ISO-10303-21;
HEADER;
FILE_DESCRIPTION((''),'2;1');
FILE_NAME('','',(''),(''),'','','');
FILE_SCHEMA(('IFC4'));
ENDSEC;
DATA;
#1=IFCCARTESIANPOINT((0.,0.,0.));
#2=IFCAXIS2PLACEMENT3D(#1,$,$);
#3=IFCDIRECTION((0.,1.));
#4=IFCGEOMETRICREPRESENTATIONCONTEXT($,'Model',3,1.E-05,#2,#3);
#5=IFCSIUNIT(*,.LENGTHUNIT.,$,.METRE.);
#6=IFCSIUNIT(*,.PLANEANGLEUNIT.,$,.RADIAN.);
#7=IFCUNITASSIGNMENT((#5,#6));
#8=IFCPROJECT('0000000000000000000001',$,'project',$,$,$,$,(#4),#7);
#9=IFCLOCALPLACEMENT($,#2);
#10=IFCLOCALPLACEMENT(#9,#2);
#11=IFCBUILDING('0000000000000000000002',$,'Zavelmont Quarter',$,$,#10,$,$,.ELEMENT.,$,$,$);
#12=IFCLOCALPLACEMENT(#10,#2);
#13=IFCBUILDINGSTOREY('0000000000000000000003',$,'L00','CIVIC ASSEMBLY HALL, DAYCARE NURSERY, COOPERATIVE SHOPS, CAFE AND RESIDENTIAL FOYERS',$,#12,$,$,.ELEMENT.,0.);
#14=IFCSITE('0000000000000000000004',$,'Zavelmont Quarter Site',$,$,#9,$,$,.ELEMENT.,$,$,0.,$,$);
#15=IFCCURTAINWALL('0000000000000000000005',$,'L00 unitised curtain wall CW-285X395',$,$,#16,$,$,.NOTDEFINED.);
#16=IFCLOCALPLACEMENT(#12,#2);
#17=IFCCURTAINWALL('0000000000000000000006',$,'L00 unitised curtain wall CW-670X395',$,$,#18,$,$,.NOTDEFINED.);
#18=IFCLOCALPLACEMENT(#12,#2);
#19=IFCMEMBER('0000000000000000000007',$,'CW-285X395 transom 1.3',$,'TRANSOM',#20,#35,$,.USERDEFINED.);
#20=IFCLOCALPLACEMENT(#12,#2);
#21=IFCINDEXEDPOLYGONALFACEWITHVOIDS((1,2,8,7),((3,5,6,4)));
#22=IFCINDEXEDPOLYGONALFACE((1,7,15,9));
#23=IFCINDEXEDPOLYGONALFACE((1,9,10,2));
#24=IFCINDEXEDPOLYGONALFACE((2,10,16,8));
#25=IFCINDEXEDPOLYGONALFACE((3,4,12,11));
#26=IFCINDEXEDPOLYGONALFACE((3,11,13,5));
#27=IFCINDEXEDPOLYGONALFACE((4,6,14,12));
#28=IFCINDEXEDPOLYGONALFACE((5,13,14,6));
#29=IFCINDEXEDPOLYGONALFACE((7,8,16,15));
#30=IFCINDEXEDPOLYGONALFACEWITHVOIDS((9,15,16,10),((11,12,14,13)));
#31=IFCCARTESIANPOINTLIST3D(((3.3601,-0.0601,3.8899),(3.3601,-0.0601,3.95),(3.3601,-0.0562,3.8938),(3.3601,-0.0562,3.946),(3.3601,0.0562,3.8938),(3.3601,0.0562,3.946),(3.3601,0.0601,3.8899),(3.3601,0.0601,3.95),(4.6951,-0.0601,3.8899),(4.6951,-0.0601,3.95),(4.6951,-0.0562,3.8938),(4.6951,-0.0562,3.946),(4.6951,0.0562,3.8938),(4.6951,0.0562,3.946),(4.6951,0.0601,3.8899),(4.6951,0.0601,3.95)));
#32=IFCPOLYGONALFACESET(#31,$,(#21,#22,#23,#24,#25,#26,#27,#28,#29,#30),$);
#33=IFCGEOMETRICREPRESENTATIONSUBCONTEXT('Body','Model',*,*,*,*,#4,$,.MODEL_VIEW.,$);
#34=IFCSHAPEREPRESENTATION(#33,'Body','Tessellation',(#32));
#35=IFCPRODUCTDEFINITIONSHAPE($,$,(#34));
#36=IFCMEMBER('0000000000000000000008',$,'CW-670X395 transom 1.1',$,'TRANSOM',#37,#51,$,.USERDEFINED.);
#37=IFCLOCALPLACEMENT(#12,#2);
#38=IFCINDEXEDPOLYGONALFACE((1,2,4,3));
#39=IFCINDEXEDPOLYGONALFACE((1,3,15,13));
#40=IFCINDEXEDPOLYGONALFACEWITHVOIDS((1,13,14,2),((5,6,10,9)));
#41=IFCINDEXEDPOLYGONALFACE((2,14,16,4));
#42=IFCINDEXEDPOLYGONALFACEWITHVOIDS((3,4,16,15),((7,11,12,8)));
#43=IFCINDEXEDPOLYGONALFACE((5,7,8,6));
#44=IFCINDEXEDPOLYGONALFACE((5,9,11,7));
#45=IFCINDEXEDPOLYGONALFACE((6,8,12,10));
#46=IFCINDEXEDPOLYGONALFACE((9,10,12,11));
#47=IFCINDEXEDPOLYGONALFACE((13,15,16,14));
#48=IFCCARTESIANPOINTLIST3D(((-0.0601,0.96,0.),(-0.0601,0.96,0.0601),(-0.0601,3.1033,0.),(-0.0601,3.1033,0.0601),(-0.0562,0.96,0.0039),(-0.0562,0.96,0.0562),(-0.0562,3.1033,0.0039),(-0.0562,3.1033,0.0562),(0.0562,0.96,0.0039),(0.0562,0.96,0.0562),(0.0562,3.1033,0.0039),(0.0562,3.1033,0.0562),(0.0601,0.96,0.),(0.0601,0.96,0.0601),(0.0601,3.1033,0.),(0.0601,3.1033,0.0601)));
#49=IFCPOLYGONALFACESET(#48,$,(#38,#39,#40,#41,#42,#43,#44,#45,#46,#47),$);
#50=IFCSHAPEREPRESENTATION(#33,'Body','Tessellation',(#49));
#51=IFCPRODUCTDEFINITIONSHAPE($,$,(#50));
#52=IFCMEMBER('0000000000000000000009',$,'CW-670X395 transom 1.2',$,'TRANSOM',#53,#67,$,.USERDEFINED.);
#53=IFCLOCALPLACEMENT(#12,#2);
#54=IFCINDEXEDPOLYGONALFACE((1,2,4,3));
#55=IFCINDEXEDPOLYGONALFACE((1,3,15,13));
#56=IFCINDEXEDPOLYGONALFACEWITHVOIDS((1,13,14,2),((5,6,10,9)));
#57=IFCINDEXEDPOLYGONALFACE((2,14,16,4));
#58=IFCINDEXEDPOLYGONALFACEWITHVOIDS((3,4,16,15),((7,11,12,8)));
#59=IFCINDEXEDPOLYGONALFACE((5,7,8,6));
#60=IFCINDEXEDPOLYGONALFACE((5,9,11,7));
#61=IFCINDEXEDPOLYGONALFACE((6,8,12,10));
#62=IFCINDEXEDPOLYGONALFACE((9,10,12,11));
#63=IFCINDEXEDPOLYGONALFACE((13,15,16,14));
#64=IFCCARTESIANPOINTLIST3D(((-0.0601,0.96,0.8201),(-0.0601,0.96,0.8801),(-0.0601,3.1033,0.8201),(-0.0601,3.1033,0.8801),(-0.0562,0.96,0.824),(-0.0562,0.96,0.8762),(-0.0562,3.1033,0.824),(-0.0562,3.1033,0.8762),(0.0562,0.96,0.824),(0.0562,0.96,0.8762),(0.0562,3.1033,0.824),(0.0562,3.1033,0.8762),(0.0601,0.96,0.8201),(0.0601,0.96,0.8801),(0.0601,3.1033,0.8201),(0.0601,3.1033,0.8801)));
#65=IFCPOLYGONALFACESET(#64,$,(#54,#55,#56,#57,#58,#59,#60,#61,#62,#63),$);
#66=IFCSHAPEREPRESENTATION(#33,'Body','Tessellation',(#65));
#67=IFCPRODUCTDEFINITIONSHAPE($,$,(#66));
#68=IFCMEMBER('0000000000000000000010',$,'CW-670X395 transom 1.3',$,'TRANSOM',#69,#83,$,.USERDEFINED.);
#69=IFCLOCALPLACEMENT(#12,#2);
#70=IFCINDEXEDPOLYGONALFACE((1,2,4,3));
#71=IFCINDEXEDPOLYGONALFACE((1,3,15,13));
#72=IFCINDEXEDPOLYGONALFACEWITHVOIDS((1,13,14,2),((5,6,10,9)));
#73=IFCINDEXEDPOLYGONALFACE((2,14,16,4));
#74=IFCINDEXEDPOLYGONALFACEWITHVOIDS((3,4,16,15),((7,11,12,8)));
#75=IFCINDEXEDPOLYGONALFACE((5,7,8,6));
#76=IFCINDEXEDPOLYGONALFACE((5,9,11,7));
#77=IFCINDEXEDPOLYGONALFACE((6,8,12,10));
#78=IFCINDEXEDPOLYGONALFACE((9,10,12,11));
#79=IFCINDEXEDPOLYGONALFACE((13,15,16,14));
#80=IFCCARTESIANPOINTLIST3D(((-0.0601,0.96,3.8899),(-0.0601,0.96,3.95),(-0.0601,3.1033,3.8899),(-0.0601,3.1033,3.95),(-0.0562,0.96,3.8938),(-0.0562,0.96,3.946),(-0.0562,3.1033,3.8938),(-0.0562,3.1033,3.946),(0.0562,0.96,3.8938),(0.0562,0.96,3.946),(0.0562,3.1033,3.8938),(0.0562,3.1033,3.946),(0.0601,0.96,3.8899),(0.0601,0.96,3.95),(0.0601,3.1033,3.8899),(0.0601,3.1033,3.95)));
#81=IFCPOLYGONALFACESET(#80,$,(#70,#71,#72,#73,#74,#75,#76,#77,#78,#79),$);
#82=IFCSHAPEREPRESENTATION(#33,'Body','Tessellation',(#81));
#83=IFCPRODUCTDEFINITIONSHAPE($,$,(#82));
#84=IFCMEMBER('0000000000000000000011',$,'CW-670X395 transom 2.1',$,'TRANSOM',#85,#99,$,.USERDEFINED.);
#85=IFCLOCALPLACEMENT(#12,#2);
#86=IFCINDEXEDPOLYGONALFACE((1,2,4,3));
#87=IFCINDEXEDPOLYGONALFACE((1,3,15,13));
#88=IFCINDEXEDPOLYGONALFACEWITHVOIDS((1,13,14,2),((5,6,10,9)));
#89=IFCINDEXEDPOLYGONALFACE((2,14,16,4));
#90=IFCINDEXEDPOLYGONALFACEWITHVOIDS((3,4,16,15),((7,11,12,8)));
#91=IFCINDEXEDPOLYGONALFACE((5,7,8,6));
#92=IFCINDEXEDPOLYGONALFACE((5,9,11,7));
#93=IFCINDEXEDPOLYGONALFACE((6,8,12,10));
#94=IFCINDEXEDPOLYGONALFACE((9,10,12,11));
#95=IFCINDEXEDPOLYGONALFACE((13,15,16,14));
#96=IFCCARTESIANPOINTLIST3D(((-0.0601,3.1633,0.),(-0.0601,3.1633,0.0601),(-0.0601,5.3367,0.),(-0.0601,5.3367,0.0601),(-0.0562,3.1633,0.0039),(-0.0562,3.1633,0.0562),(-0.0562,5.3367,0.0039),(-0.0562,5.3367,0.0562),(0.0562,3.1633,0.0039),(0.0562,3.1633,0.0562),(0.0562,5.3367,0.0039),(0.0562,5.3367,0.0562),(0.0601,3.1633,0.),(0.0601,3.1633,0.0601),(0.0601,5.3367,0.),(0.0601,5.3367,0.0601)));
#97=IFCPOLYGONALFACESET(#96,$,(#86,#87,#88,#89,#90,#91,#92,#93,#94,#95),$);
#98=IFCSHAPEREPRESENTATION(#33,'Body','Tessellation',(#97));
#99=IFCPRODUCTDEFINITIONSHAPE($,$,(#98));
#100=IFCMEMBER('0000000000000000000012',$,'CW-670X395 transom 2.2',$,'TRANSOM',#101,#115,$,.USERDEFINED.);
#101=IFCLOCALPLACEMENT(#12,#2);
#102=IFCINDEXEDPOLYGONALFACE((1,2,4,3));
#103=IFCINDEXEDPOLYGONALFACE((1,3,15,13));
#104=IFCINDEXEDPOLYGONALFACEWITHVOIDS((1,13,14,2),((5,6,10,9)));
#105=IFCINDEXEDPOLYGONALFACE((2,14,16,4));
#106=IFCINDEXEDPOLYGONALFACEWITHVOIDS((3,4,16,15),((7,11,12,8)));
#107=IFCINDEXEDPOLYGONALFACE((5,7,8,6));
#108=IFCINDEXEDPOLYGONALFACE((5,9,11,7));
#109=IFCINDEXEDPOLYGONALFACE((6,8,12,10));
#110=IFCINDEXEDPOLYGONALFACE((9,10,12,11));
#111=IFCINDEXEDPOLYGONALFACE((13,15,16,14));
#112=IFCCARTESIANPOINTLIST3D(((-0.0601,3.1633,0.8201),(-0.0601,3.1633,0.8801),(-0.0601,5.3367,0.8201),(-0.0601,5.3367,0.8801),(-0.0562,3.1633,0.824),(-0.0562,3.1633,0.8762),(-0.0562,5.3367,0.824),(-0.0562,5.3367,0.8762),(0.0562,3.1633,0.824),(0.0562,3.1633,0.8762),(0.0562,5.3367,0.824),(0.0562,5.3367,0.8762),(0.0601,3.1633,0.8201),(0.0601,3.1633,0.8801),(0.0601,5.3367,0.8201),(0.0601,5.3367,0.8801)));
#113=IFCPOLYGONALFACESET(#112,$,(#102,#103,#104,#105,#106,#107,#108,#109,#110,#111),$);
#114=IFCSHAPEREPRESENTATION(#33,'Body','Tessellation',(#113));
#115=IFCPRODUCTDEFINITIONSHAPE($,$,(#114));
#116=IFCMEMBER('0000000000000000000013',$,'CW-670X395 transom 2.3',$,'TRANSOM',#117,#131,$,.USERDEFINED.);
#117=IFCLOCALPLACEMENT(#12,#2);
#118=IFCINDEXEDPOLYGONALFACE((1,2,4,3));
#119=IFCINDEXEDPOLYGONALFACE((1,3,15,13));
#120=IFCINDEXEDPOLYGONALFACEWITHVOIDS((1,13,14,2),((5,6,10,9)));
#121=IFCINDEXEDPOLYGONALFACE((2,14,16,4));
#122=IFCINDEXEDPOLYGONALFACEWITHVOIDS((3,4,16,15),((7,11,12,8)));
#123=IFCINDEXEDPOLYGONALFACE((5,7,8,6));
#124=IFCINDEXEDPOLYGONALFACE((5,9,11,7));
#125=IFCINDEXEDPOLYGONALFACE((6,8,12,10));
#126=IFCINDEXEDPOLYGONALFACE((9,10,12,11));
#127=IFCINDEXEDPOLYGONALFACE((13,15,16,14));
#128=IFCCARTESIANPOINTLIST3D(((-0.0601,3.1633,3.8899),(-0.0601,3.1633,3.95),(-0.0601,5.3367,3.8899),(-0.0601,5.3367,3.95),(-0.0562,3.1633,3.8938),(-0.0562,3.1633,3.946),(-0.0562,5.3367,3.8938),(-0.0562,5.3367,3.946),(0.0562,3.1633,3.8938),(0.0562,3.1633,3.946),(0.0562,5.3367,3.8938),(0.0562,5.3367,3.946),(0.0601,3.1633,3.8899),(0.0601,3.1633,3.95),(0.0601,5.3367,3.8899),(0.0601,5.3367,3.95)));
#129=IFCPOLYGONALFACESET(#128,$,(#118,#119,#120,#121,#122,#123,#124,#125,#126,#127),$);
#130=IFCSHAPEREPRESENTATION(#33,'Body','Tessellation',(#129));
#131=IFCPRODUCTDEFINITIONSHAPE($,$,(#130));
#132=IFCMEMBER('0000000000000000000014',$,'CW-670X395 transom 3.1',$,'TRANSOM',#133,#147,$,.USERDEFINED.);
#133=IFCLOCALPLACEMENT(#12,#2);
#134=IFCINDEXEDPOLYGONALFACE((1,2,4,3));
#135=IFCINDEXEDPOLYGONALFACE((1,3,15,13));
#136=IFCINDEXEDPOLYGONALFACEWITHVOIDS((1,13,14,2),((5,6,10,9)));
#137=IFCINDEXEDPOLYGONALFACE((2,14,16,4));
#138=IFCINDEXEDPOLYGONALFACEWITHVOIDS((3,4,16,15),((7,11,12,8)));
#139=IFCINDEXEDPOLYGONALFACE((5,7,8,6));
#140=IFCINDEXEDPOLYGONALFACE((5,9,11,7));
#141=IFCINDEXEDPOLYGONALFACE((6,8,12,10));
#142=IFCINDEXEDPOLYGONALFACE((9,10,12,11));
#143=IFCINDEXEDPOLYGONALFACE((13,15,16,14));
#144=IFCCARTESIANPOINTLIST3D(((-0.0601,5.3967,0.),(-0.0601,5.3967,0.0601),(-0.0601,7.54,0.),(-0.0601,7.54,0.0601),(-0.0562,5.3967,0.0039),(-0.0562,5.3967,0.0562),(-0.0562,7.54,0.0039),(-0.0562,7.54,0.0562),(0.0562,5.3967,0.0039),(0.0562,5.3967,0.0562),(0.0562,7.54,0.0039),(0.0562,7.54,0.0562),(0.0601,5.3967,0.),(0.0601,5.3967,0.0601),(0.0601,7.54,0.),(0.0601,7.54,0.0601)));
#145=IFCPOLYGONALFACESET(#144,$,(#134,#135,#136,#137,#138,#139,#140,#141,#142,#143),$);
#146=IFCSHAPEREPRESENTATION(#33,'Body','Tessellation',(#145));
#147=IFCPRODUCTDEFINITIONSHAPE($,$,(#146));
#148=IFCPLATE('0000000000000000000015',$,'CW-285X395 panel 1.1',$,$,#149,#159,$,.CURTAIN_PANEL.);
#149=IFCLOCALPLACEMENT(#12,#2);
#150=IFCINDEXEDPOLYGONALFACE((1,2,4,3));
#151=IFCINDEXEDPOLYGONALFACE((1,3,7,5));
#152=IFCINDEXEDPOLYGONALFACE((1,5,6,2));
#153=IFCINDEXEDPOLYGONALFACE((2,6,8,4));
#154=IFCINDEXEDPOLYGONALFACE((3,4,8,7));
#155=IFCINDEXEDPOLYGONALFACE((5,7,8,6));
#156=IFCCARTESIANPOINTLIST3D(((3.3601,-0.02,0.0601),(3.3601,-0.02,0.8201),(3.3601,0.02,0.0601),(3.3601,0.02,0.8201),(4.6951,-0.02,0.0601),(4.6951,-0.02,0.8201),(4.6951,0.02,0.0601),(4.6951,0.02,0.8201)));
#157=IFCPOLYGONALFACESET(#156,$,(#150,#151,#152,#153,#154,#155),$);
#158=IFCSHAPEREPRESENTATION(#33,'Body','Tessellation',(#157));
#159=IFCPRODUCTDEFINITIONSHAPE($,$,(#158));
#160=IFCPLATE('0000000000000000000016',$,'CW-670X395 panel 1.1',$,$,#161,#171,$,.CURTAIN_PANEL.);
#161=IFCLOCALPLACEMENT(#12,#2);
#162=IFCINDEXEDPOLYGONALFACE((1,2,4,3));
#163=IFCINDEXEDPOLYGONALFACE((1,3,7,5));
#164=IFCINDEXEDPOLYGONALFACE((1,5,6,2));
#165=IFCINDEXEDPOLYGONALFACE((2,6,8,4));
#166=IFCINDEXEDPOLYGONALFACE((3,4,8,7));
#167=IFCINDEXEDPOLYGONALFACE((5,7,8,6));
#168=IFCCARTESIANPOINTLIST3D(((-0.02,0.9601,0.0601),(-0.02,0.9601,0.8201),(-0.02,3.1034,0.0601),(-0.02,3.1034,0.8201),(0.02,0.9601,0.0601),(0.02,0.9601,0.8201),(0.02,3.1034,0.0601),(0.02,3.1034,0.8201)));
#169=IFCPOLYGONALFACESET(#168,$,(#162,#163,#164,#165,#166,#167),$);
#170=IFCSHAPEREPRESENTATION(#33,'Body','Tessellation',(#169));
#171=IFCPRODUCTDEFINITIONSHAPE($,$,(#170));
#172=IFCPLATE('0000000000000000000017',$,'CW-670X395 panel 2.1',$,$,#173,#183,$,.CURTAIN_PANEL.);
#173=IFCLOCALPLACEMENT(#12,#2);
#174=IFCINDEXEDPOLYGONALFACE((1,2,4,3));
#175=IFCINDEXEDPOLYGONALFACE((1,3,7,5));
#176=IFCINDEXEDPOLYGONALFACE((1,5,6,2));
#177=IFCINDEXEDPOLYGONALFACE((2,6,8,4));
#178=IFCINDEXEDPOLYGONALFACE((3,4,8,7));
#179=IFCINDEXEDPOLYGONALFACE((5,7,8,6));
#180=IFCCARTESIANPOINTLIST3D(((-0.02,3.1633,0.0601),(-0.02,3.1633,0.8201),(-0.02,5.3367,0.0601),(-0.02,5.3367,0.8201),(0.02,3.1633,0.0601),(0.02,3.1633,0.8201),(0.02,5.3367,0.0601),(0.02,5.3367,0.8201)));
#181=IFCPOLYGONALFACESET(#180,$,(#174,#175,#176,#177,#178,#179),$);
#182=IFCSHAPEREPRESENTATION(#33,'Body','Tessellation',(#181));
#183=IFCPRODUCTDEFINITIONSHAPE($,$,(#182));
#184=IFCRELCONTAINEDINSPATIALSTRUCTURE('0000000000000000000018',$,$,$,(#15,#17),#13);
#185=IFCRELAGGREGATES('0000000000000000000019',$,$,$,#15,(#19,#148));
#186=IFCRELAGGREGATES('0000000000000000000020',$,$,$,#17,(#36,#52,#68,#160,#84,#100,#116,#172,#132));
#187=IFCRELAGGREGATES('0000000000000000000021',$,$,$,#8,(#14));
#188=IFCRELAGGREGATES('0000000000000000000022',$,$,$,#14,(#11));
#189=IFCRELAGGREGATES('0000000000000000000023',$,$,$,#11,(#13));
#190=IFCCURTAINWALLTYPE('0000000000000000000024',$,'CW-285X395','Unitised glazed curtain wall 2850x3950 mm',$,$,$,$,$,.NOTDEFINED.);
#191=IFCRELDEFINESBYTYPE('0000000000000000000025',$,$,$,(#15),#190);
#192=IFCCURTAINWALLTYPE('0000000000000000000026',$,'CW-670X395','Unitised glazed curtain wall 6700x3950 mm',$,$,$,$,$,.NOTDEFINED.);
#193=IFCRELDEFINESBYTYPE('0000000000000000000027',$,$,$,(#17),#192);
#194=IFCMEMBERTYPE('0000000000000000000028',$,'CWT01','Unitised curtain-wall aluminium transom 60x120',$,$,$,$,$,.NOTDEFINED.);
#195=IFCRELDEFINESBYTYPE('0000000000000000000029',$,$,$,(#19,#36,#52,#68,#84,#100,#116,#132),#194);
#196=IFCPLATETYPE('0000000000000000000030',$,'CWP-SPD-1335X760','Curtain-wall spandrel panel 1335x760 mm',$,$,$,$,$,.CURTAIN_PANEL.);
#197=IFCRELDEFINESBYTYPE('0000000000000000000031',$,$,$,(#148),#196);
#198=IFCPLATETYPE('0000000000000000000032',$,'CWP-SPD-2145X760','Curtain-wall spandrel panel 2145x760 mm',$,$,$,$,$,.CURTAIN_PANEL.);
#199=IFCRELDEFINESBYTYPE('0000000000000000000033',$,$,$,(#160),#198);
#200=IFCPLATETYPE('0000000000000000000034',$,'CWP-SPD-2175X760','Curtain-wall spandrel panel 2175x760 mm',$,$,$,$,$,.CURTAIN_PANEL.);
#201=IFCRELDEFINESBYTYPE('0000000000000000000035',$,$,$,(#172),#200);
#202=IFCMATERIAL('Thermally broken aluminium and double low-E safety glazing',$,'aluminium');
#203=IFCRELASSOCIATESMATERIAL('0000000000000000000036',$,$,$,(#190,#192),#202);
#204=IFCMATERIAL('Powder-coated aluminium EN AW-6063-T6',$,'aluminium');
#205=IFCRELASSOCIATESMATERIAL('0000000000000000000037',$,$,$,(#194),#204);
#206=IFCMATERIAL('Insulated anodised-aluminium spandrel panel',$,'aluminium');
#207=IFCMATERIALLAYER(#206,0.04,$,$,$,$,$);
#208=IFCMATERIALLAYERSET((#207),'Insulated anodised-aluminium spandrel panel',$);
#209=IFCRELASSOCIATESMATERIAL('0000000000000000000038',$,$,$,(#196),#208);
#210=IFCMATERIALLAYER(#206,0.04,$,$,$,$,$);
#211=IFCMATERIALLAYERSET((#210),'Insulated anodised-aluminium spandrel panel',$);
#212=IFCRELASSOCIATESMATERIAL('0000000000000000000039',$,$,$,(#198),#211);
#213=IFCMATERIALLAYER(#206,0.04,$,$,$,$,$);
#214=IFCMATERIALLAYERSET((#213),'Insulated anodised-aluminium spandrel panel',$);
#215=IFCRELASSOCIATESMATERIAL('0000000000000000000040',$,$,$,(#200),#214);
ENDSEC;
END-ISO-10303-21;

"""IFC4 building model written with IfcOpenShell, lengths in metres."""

from ifc_helpers import new_model, si_unit, direction, frame, origin, origin_2d, place, context, subcontext, project, spatial, rectangle, hollow_rectangle, extrude, material, layer, layer_set, material_profile, profile_set, type_object, element, aggregate, save


model = new_model("IFC4")

# Units and contexts
model_context = context("Model", 3, precision=1e-05, world=origin(), true_north=direction((0.0, 1.0)))
body_context = subcontext(model_context, "Body", "Model", "MODEL_VIEW")
ifc_project = project(units=[si_unit("LENGTHUNIT", "METRE"), si_unit("PLANEANGLEUNIT", "RADIAN")], contexts=[model_context])

# Site, building, storey
site_placement = place(None, origin())
site = spatial("IfcSite", under=ifc_project, at=site_placement, Name="Zavelmont Quarter Site", CompositionType="ELEMENT", RefElevation=0.0)
building_placement = place(site_placement, origin())
building = spatial("IfcBuilding", under=site, at=building_placement, Name="Zavelmont Quarter", CompositionType="ELEMENT")
storey_placement = place(building_placement, origin())
storey = spatial("IfcBuildingStorey", under=building, at=storey_placement, Name="L00", Description="CIVIC ASSEMBLY HALL, DAYCARE NURSERY, COOPERATIVE SHOPS, CAFE AND RESIDENTIAL FOYERS", CompositionType="ELEMENT", Elevation=0.0)

# Curtain walls
ifc_material_1 = material(Name="Thermally broken aluminium and double low-E safety glazing", Category="aluminium")
curtain_wall_type_1 = type_object("IfcCurtainWallType", Name="CW-285X395", Description="Unitised glazed curtain wall 2850x3950 mm", PredefinedType="NOTDEFINED", material=ifc_material_1)
curtain_wall_1_placement = place(storey_placement, origin())
curtain_wall_1 = element("IfcCurtainWall", 1, at=curtain_wall_1_placement, inside=storey, type_object=curtain_wall_type_1, Name="L00 unitised curtain wall CW-285X395", PredefinedType="NOTDEFINED")
ifc_material_2 = material(Name="Powder-coated aluminium EN AW-6063-T6", Category="aluminium")
curtain_wall_type_2 = type_object("IfcCurtainWallType", Name="CW-670X395", Description="Unitised glazed curtain wall 6700x3950 mm", PredefinedType="NOTDEFINED", material=ifc_material_1)
curtain_wall_2_placement = place(storey_placement, origin())
curtain_wall_2 = element("IfcCurtainWall", 2, at=curtain_wall_2_placement, inside=storey, type_object=curtain_wall_type_2, Name="L00 unitised curtain wall CW-670X395", PredefinedType="NOTDEFINED")

# Members
ifc_material_profile_1 = material_profile(ifc_material_2, hollow_rectangle(XDim=0.1201, YDim=0.0601, WallThickness=0.0039, at=origin_2d()), Name="CWT60X120")
ifc_profile_set_1 = profile_set([ifc_material_profile_1], Name="Powder-coated aluminium EN AW-6063-T6")
member_type_1 = type_object("IfcMemberType", Name="CWT01", Description="Unitised curtain-wall aluminium transom 60x120", PredefinedType="NOTDEFINED", material=ifc_profile_set_1)
member_1_placement = place(storey_placement, frame((3.3601, 0.0, 3.9199), z_axis=(1.0, 0.0, 0.0), x_axis=(0.0, 1.0, 0.0)))
member_1 = element("IfcMember", 3, at=member_1_placement, type_object=member_type_1, Name="CW-285X395 transom 1.3", ObjectType="TRANSOM", PredefinedType="USERDEFINED", context=body_context, shape_type="SweptSolid", body=[
    extrude(hollow_rectangle(XDim=0.1201, YDim=0.0601, WallThickness=0.0039, at=origin_2d()), origin(), (0.0, 0.0, 1.0), 1.335),
])
member_2_placement = place(storey_placement, frame((0.0, 0.96, 0.03), z_axis=(0.0, 1.0, 0.0), x_axis=(-1.0, 0.0, 0.0)))
member_2 = element("IfcMember", 4, at=member_2_placement, type_object=member_type_1, Name="CW-670X395 transom 1.1", ObjectType="TRANSOM", PredefinedType="USERDEFINED", context=body_context, shape_type="SweptSolid", body=[
    extrude(hollow_rectangle(XDim=0.1201, YDim=0.0601, WallThickness=0.0039, at=origin_2d()), origin(), (0.0, 0.0, 1.0), 2.1433),
])
member_3_placement = place(storey_placement, frame((0.0, 0.96, 0.8501), z_axis=(0.0, 1.0, 0.0), x_axis=(-1.0, 0.0, 0.0)))
member_3 = element("IfcMember", 5, at=member_3_placement, type_object=member_type_1, Name="CW-670X395 transom 1.2", ObjectType="TRANSOM", PredefinedType="USERDEFINED", context=body_context, shape_type="SweptSolid", body=[
    extrude(hollow_rectangle(XDim=0.1201, YDim=0.0601, WallThickness=0.0039, at=origin_2d()), origin(), (0.0, 0.0, 1.0), 2.1433),
])
member_4_placement = place(storey_placement, frame((0.0, 0.96, 3.9199), z_axis=(0.0, 1.0, 0.0), x_axis=(-1.0, 0.0, 0.0)))
member_4 = element("IfcMember", 6, at=member_4_placement, type_object=member_type_1, Name="CW-670X395 transom 1.3", ObjectType="TRANSOM", PredefinedType="USERDEFINED", context=body_context, shape_type="SweptSolid", body=[
    extrude(hollow_rectangle(XDim=0.1201, YDim=0.0601, WallThickness=0.0039, at=origin_2d()), origin(), (0.0, 0.0, 1.0), 2.1433),
])
member_5_placement = place(storey_placement, frame((0.0, 3.1633, 0.03), z_axis=(0.0, 1.0, 0.0), x_axis=(-1.0, 0.0, 0.0)))
member_5 = element("IfcMember", 7, at=member_5_placement, type_object=member_type_1, Name="CW-670X395 transom 2.1", ObjectType="TRANSOM", PredefinedType="USERDEFINED", context=body_context, shape_type="SweptSolid", body=[
    extrude(hollow_rectangle(XDim=0.1201, YDim=0.0601, WallThickness=0.0039, at=origin_2d()), origin(), (0.0, 0.0, 1.0), 2.1733),
])
member_6_placement = place(storey_placement, frame((0.0, 3.1633, 0.8501), z_axis=(0.0, 1.0, 0.0), x_axis=(-1.0, 0.0, 0.0)))
member_6 = element("IfcMember", 8, at=member_6_placement, type_object=member_type_1, Name="CW-670X395 transom 2.2", ObjectType="TRANSOM", PredefinedType="USERDEFINED", context=body_context, shape_type="SweptSolid", body=[
    extrude(hollow_rectangle(XDim=0.1201, YDim=0.0601, WallThickness=0.0039, at=origin_2d()), origin(), (0.0, 0.0, 1.0), 2.1733),
])
member_7_placement = place(storey_placement, frame((0.0, 3.1633, 3.9199), z_axis=(0.0, 1.0, 0.0), x_axis=(-1.0, 0.0, 0.0)))
member_7 = element("IfcMember", 9, at=member_7_placement, type_object=member_type_1, Name="CW-670X395 transom 2.3", ObjectType="TRANSOM", PredefinedType="USERDEFINED", context=body_context, shape_type="SweptSolid", body=[
    extrude(hollow_rectangle(XDim=0.1201, YDim=0.0601, WallThickness=0.0039, at=origin_2d()), origin(), (0.0, 0.0, 1.0), 2.1733),
])
member_8_placement = place(storey_placement, frame((0.0, 5.3967, 0.03), z_axis=(0.0, 1.0, 0.0), x_axis=(-1.0, 0.0, 0.0)))
member_8 = element("IfcMember", 10, at=member_8_placement, type_object=member_type_1, Name="CW-670X395 transom 3.1", ObjectType="TRANSOM", PredefinedType="USERDEFINED", context=body_context, shape_type="SweptSolid", body=[
    extrude(hollow_rectangle(XDim=0.1201, YDim=0.0601, WallThickness=0.0039, at=origin_2d()), origin(), (0.0, 0.0, 1.0), 2.1433),
])

# Plates
ifc_material_3 = material(Name="Insulated anodised-aluminium spandrel panel", Category="aluminium")
ifc_layer_1 = layer(ifc_material_3, 0.04)
ifc_layer_set_1 = layer_set([ifc_layer_1], Name="Insulated anodised-aluminium spandrel panel")
plate_type_1 = type_object("IfcPlateType", Name="CWP-SPD-1335X760", Description="Curtain-wall spandrel panel 1335x760 mm", PredefinedType="CURTAIN_PANEL", material=ifc_layer_set_1)
plate_1_placement = place(storey_placement, frame((4.0276, 0.0, 0.0601), z_axis=(0.0, 0.0, 1.0), x_axis=(1.0, 0.0, 0.0)))
plate_1 = element("IfcPlate", 11, at=plate_1_placement, type_object=plate_type_1, Name="CW-285X395 panel 1.1", PredefinedType="CURTAIN_PANEL", context=body_context, shape_type="SweptSolid", body=[
    extrude(rectangle(XDim=1.335, YDim=0.04, at=origin_2d()), origin(), (0.0, 0.0, 1.0), 0.76),
])
ifc_layer_2 = layer(ifc_material_3, 0.04)
ifc_layer_set_2 = layer_set([ifc_layer_2], Name="Insulated anodised-aluminium spandrel panel")
plate_type_2 = type_object("IfcPlateType", Name="CWP-SPD-2145X760", Description="Curtain-wall spandrel panel 2145x760 mm", PredefinedType="CURTAIN_PANEL", material=ifc_layer_set_2)
plate_2_placement = place(storey_placement, frame((0.0, 2.0317, 0.0601), z_axis=(0.0, 0.0, 1.0), x_axis=(0.0, 1.0, 0.0)))
plate_2 = element("IfcPlate", 12, at=plate_2_placement, type_object=plate_type_2, Name="CW-670X395 panel 1.1", PredefinedType="CURTAIN_PANEL", context=body_context, shape_type="SweptSolid", body=[
    extrude(rectangle(XDim=2.1433, YDim=0.04, at=origin_2d()), origin(), (0.0, 0.0, 1.0), 0.76),
])
ifc_layer_3 = layer(ifc_material_3, 0.04)
ifc_layer_set_3 = layer_set([ifc_layer_3], Name="Insulated anodised-aluminium spandrel panel")
plate_type_3 = type_object("IfcPlateType", Name="CWP-SPD-2175X760", Description="Curtain-wall spandrel panel 2175x760 mm", PredefinedType="CURTAIN_PANEL", material=ifc_layer_set_3)
plate_3_placement = place(storey_placement, frame((0.0, 4.25, 0.0601), z_axis=(0.0, 0.0, 1.0), x_axis=(0.0, 1.0, 0.0)))
plate_3 = element("IfcPlate", 13, at=plate_3_placement, type_object=plate_type_3, Name="CW-670X395 panel 2.1", PredefinedType="CURTAIN_PANEL", context=body_context, shape_type="SweptSolid", body=[
    extrude(rectangle(XDim=2.1733, YDim=0.04, at=origin_2d()), origin(), (0.0, 0.0, 1.0), 0.76),
])
aggregate(curtain_wall_1, [member_1, plate_1])
aggregate(curtain_wall_2, [member_2, member_3, member_4, plate_2, member_5, member_6, member_7, plate_3, member_8])

save(model, "model.ifc")
